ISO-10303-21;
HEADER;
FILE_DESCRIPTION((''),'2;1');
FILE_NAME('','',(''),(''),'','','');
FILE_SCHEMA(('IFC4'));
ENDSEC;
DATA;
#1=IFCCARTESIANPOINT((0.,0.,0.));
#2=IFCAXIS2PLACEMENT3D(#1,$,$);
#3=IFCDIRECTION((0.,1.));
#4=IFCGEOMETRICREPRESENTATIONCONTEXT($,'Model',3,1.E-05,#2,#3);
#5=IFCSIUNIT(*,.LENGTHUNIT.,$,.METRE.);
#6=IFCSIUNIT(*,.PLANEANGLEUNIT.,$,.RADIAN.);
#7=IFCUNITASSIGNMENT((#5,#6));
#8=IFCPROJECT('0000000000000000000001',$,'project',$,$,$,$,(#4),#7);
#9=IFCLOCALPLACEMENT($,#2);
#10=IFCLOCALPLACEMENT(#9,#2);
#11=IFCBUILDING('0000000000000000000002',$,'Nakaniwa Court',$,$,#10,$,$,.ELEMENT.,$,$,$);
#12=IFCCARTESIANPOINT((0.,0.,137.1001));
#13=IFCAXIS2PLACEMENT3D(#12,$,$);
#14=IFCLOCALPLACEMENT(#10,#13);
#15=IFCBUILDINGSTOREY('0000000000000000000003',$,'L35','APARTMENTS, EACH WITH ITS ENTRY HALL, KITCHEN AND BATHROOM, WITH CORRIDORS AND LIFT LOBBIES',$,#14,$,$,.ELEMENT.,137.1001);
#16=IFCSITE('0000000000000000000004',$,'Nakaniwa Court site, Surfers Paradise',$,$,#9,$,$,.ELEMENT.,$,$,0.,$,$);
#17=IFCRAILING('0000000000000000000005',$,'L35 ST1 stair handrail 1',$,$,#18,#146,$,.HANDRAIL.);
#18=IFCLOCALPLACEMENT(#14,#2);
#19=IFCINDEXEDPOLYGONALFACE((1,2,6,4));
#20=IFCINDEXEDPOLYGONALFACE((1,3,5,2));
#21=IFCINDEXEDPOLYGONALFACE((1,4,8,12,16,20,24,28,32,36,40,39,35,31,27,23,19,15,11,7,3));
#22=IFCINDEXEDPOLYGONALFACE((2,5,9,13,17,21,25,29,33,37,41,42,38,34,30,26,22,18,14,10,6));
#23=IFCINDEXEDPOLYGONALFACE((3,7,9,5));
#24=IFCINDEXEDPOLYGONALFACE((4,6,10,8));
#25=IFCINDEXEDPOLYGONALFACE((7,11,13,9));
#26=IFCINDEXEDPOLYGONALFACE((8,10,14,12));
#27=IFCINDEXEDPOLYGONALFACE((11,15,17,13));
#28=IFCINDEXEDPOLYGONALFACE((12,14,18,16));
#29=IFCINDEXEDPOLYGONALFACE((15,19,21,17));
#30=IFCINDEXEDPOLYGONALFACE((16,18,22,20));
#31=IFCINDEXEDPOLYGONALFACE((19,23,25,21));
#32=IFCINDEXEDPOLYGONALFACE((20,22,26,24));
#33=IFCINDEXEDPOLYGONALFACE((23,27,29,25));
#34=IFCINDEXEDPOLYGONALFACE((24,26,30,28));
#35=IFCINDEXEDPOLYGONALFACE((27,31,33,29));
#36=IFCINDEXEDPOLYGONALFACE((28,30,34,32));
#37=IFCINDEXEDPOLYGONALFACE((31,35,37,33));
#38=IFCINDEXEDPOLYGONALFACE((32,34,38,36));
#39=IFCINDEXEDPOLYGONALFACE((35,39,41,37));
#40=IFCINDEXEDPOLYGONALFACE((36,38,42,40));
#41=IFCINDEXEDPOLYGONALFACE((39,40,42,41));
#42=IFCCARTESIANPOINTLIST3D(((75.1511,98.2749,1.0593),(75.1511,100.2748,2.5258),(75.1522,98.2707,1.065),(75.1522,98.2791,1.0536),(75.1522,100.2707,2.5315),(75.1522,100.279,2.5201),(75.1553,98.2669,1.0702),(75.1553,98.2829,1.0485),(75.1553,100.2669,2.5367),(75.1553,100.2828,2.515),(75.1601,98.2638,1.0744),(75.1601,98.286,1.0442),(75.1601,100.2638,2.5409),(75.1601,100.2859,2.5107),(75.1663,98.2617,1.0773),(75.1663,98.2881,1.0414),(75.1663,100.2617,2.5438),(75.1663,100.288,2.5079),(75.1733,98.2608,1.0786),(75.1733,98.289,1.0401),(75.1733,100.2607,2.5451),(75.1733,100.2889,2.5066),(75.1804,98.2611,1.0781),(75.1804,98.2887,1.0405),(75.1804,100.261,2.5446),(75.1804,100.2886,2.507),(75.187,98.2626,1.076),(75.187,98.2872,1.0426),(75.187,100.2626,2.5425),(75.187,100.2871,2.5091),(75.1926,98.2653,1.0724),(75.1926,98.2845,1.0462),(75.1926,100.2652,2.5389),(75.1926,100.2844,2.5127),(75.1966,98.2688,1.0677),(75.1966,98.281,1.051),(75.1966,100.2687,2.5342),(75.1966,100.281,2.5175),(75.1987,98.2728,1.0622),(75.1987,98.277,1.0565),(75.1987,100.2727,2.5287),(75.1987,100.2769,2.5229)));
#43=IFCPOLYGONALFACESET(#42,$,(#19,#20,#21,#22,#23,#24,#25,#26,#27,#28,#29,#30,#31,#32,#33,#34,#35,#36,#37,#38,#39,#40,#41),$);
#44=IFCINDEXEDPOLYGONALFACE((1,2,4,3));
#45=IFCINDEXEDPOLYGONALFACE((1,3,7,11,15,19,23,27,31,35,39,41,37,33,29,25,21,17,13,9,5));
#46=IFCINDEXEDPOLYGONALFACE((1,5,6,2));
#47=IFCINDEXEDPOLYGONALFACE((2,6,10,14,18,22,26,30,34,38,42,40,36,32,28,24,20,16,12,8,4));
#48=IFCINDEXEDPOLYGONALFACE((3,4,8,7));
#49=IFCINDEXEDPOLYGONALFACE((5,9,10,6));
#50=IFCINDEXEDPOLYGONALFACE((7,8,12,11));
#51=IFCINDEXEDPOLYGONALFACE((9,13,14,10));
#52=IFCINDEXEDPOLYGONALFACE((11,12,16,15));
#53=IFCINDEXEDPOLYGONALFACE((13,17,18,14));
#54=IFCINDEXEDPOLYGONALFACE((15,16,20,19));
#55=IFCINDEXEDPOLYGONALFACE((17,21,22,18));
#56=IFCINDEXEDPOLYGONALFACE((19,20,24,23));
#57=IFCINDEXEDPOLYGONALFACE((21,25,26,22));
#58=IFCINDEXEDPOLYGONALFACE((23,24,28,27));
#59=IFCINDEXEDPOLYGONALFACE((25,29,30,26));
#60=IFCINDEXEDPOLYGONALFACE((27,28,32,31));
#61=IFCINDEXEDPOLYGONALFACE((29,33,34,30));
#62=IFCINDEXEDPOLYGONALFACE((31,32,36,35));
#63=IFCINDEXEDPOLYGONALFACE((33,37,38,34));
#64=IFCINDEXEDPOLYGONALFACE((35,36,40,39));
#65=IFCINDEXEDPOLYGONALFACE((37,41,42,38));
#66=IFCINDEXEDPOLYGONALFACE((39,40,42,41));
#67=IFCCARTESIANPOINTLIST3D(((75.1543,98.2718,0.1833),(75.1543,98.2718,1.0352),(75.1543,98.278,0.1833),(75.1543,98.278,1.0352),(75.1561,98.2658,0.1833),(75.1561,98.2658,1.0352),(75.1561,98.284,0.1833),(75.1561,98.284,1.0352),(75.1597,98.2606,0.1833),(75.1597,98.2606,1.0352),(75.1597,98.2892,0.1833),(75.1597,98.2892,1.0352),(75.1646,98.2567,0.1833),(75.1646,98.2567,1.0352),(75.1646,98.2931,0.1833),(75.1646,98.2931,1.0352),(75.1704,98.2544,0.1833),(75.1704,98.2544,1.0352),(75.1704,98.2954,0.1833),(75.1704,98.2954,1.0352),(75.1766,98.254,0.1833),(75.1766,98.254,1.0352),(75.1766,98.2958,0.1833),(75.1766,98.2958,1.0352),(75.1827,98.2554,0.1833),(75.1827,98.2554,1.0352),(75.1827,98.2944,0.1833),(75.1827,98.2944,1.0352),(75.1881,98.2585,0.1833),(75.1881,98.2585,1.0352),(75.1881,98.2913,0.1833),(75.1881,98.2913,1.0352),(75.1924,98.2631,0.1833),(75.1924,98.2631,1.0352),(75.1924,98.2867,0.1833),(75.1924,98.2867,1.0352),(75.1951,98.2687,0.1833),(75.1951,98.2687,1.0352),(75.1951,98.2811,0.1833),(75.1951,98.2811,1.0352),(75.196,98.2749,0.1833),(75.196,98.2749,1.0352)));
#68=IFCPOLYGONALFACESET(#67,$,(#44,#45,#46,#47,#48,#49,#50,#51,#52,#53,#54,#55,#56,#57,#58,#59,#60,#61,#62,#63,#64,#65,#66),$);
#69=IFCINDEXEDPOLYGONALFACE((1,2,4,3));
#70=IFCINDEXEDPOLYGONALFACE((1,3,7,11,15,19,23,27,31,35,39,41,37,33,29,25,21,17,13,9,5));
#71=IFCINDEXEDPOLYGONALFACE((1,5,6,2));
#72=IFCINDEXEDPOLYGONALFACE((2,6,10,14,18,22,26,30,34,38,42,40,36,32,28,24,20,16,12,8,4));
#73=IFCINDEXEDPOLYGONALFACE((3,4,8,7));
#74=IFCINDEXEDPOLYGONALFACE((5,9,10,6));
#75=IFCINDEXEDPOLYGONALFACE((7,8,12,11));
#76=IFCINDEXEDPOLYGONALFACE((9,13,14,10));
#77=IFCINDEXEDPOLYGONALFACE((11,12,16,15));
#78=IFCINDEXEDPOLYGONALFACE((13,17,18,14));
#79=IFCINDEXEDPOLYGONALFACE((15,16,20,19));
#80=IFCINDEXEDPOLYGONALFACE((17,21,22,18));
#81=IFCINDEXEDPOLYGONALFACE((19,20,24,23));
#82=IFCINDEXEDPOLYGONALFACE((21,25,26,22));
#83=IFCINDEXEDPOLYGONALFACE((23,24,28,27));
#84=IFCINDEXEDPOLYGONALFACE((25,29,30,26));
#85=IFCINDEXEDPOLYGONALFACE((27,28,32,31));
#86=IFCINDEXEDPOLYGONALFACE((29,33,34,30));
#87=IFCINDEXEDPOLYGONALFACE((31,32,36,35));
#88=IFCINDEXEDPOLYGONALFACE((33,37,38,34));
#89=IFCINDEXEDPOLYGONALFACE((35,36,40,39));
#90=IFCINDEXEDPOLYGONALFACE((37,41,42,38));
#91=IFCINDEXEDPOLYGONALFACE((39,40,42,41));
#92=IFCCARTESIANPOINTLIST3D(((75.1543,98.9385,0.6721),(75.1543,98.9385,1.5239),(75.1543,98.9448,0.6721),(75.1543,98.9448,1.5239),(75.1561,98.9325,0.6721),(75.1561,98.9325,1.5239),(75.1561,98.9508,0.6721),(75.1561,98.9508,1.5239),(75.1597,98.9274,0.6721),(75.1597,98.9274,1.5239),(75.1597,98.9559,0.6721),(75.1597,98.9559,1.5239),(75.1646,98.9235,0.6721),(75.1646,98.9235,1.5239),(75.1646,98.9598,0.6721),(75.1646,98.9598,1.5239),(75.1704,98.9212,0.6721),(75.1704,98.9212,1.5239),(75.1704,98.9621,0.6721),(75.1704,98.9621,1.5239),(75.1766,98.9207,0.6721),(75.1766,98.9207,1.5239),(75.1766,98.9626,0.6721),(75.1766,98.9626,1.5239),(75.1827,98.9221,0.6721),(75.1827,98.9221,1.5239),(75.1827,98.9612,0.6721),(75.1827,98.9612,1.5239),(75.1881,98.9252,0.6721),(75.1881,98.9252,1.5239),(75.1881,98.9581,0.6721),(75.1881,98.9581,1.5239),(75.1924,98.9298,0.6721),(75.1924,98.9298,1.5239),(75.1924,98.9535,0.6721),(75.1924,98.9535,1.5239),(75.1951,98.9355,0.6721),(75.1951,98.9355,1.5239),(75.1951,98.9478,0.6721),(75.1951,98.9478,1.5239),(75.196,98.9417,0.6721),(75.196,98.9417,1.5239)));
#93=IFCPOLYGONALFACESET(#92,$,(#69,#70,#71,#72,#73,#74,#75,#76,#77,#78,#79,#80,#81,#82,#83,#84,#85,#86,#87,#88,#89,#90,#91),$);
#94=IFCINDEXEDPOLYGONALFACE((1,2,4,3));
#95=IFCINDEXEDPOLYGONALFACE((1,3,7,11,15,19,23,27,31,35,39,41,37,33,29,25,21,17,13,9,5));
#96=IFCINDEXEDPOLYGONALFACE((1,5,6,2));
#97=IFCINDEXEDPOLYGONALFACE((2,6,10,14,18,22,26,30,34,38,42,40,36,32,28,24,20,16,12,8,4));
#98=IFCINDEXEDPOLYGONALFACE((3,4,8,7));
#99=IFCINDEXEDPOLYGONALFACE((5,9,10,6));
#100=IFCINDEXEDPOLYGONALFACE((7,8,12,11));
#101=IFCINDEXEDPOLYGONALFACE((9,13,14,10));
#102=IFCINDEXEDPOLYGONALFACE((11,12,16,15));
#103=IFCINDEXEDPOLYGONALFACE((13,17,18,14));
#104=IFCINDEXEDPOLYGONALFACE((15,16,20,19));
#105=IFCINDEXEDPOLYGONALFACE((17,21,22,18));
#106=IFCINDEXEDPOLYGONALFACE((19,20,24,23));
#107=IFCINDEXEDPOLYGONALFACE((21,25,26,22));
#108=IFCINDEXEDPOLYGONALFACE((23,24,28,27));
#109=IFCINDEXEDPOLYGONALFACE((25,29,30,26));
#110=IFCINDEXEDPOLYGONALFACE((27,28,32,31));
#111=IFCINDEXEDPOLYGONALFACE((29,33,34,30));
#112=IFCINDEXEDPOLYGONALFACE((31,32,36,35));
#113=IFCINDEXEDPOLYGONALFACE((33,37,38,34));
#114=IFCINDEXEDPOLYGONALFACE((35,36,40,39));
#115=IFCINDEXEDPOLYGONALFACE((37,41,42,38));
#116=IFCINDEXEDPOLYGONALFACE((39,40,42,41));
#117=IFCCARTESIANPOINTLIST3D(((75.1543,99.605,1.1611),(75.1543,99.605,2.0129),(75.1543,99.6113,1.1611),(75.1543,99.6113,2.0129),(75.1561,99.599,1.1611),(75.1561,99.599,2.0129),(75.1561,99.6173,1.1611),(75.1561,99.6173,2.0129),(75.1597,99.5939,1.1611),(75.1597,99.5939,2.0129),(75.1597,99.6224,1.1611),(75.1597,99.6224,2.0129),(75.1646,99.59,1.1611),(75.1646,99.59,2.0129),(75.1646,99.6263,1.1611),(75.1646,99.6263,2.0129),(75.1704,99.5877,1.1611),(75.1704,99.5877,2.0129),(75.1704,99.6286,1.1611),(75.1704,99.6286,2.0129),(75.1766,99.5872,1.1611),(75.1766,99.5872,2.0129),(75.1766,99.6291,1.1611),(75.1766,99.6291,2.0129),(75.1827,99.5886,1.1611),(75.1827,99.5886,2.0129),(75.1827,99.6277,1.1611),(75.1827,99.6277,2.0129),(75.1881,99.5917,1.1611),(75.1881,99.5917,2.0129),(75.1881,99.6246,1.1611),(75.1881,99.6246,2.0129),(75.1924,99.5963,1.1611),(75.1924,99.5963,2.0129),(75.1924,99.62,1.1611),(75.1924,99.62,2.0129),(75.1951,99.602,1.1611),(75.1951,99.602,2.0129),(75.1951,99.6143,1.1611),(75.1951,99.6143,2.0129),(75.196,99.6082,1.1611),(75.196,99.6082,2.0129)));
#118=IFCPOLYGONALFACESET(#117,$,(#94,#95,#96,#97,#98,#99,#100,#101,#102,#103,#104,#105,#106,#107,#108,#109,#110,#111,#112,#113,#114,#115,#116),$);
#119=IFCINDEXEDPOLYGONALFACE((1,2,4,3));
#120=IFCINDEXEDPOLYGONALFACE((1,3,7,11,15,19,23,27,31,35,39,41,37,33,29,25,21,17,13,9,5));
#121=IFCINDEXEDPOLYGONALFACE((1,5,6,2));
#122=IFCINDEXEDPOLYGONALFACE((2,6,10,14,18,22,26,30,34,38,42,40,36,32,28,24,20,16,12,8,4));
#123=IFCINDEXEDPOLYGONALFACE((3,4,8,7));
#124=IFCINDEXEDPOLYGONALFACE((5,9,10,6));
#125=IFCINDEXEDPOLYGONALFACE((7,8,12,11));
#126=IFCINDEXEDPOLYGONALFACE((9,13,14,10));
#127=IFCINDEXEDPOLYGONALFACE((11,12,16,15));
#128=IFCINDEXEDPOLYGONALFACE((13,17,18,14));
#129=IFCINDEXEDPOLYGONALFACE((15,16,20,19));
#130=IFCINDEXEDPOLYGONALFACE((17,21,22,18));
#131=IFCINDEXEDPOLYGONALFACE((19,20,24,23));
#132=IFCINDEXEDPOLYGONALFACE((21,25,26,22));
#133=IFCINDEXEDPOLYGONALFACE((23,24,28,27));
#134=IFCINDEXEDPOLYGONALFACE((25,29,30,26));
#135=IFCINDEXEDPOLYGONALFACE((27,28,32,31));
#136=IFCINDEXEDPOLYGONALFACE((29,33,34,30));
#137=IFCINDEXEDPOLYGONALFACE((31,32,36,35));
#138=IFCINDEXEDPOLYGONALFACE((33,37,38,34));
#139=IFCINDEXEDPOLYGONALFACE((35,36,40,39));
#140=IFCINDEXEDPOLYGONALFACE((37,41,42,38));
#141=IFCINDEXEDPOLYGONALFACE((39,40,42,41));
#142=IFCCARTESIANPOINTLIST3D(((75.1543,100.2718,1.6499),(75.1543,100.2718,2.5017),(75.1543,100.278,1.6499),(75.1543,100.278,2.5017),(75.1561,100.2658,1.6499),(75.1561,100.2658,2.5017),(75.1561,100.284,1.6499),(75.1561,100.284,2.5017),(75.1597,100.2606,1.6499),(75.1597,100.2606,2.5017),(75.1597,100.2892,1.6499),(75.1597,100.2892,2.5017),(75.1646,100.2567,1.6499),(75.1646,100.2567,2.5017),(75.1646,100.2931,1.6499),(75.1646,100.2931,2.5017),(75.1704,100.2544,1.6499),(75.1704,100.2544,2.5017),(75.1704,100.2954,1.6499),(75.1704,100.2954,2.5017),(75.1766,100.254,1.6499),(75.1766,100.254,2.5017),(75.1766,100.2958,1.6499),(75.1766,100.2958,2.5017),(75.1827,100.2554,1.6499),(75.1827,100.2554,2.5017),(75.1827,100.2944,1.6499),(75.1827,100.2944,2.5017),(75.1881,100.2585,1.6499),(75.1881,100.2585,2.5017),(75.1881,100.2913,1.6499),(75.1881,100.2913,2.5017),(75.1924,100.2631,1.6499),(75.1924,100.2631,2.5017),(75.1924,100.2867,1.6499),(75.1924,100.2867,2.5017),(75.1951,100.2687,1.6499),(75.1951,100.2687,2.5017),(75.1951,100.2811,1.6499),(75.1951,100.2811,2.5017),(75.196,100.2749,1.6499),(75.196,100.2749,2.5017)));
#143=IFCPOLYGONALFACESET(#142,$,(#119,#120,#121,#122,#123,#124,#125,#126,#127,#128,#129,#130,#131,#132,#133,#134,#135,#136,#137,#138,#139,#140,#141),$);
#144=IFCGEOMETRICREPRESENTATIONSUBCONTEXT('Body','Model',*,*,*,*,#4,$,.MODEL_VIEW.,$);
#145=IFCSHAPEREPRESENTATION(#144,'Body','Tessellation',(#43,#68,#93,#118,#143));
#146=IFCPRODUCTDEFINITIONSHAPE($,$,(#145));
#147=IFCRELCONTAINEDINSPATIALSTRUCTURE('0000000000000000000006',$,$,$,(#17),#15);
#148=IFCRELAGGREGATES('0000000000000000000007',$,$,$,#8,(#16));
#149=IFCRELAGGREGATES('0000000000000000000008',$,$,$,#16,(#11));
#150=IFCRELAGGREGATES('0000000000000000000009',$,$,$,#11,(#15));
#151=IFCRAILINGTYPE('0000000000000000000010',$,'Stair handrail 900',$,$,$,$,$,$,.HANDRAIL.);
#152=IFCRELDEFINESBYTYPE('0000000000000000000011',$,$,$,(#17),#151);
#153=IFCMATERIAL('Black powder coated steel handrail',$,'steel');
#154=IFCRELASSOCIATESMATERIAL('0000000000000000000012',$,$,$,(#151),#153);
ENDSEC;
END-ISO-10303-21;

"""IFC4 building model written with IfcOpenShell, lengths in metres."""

from ifc_helpers import new_model, si_unit, direction, frame, origin, origin_2d, place, context, subcontext, project, spatial, circle, extrude, material, type_object, element, save


model = new_model("IFC4")

# Units and contexts
model_context = context("Model", 3, precision=1e-05, world=origin(), true_north=direction((0.0, 1.0)))
body_context = subcontext(model_context, "Body", "Model", "MODEL_VIEW")
ifc_project = project(units=[si_unit("LENGTHUNIT", "METRE"), si_unit("PLANEANGLEUNIT", "RADIAN")], contexts=[model_context])

# Site, building, storey
site_placement = place(None, origin())
site = spatial("IfcSite", under=ifc_project, at=site_placement, Name="Nakaniwa Court site, Surfers Paradise", CompositionType="ELEMENT", RefElevation=0.0)
building_placement = place(site_placement, origin())
building = spatial("IfcBuilding", under=site, at=building_placement, Name="Nakaniwa Court", CompositionType="ELEMENT")
storey_placement = place(building_placement, frame((0.0, 0.0, 137.1001)))
storey = spatial("IfcBuildingStorey", under=building, at=storey_placement, Name="L35", Description="APARTMENTS, EACH WITH ITS ENTRY HALL, KITCHEN AND BATHROOM, WITH CORRIDORS AND LIFT LOBBIES", CompositionType="ELEMENT", Elevation=137.1001)

# Railing
ifc_material_1 = material(Name="Black powder coated steel handrail", Category="steel")
railing_type_1 = type_object("IfcRailingType", Name="Stair handrail 900", PredefinedType="HANDRAIL", material=ifc_material_1)
railing_1_placement = place(storey_placement, frame((75.175, 98.2749, 0.1833)))
element("IfcRailing", 1, at=railing_1_placement, inside=storey, type_object=railing_type_1, Name="L35 ST1 stair handrail 1", PredefinedType="HANDRAIL", context=body_context, shape_type="SweptSolid", body=[
    extrude(circle(Radius=0.0239, at=origin_2d()), frame((0.0, 0.0, 0.876), z_axis=(0.0, 0.806427, 0.591334), x_axis=(-1.0, 0.0, 0.0)), (0.0, 0.0, 1.0), 2.48),
    extrude(circle(Radius=0.021, at=origin_2d()), origin(), (0.0, 0.0, 1.0), 0.8518),
    extrude(circle(Radius=0.021, at=origin_2d()), frame((0.0, 0.6667, 0.4888)), (0.0, 0.0, 1.0), 0.8518),
    extrude(circle(Radius=0.021, at=origin_2d()), frame((0.0, 1.3333, 0.9778)), (0.0, 0.0, 1.0), 0.8518),
    extrude(circle(Radius=0.021, at=origin_2d()), frame((0.0, 2.0, 1.4666)), (0.0, 0.0, 1.0), 0.8518),
])

save(model, "model.ifc")
